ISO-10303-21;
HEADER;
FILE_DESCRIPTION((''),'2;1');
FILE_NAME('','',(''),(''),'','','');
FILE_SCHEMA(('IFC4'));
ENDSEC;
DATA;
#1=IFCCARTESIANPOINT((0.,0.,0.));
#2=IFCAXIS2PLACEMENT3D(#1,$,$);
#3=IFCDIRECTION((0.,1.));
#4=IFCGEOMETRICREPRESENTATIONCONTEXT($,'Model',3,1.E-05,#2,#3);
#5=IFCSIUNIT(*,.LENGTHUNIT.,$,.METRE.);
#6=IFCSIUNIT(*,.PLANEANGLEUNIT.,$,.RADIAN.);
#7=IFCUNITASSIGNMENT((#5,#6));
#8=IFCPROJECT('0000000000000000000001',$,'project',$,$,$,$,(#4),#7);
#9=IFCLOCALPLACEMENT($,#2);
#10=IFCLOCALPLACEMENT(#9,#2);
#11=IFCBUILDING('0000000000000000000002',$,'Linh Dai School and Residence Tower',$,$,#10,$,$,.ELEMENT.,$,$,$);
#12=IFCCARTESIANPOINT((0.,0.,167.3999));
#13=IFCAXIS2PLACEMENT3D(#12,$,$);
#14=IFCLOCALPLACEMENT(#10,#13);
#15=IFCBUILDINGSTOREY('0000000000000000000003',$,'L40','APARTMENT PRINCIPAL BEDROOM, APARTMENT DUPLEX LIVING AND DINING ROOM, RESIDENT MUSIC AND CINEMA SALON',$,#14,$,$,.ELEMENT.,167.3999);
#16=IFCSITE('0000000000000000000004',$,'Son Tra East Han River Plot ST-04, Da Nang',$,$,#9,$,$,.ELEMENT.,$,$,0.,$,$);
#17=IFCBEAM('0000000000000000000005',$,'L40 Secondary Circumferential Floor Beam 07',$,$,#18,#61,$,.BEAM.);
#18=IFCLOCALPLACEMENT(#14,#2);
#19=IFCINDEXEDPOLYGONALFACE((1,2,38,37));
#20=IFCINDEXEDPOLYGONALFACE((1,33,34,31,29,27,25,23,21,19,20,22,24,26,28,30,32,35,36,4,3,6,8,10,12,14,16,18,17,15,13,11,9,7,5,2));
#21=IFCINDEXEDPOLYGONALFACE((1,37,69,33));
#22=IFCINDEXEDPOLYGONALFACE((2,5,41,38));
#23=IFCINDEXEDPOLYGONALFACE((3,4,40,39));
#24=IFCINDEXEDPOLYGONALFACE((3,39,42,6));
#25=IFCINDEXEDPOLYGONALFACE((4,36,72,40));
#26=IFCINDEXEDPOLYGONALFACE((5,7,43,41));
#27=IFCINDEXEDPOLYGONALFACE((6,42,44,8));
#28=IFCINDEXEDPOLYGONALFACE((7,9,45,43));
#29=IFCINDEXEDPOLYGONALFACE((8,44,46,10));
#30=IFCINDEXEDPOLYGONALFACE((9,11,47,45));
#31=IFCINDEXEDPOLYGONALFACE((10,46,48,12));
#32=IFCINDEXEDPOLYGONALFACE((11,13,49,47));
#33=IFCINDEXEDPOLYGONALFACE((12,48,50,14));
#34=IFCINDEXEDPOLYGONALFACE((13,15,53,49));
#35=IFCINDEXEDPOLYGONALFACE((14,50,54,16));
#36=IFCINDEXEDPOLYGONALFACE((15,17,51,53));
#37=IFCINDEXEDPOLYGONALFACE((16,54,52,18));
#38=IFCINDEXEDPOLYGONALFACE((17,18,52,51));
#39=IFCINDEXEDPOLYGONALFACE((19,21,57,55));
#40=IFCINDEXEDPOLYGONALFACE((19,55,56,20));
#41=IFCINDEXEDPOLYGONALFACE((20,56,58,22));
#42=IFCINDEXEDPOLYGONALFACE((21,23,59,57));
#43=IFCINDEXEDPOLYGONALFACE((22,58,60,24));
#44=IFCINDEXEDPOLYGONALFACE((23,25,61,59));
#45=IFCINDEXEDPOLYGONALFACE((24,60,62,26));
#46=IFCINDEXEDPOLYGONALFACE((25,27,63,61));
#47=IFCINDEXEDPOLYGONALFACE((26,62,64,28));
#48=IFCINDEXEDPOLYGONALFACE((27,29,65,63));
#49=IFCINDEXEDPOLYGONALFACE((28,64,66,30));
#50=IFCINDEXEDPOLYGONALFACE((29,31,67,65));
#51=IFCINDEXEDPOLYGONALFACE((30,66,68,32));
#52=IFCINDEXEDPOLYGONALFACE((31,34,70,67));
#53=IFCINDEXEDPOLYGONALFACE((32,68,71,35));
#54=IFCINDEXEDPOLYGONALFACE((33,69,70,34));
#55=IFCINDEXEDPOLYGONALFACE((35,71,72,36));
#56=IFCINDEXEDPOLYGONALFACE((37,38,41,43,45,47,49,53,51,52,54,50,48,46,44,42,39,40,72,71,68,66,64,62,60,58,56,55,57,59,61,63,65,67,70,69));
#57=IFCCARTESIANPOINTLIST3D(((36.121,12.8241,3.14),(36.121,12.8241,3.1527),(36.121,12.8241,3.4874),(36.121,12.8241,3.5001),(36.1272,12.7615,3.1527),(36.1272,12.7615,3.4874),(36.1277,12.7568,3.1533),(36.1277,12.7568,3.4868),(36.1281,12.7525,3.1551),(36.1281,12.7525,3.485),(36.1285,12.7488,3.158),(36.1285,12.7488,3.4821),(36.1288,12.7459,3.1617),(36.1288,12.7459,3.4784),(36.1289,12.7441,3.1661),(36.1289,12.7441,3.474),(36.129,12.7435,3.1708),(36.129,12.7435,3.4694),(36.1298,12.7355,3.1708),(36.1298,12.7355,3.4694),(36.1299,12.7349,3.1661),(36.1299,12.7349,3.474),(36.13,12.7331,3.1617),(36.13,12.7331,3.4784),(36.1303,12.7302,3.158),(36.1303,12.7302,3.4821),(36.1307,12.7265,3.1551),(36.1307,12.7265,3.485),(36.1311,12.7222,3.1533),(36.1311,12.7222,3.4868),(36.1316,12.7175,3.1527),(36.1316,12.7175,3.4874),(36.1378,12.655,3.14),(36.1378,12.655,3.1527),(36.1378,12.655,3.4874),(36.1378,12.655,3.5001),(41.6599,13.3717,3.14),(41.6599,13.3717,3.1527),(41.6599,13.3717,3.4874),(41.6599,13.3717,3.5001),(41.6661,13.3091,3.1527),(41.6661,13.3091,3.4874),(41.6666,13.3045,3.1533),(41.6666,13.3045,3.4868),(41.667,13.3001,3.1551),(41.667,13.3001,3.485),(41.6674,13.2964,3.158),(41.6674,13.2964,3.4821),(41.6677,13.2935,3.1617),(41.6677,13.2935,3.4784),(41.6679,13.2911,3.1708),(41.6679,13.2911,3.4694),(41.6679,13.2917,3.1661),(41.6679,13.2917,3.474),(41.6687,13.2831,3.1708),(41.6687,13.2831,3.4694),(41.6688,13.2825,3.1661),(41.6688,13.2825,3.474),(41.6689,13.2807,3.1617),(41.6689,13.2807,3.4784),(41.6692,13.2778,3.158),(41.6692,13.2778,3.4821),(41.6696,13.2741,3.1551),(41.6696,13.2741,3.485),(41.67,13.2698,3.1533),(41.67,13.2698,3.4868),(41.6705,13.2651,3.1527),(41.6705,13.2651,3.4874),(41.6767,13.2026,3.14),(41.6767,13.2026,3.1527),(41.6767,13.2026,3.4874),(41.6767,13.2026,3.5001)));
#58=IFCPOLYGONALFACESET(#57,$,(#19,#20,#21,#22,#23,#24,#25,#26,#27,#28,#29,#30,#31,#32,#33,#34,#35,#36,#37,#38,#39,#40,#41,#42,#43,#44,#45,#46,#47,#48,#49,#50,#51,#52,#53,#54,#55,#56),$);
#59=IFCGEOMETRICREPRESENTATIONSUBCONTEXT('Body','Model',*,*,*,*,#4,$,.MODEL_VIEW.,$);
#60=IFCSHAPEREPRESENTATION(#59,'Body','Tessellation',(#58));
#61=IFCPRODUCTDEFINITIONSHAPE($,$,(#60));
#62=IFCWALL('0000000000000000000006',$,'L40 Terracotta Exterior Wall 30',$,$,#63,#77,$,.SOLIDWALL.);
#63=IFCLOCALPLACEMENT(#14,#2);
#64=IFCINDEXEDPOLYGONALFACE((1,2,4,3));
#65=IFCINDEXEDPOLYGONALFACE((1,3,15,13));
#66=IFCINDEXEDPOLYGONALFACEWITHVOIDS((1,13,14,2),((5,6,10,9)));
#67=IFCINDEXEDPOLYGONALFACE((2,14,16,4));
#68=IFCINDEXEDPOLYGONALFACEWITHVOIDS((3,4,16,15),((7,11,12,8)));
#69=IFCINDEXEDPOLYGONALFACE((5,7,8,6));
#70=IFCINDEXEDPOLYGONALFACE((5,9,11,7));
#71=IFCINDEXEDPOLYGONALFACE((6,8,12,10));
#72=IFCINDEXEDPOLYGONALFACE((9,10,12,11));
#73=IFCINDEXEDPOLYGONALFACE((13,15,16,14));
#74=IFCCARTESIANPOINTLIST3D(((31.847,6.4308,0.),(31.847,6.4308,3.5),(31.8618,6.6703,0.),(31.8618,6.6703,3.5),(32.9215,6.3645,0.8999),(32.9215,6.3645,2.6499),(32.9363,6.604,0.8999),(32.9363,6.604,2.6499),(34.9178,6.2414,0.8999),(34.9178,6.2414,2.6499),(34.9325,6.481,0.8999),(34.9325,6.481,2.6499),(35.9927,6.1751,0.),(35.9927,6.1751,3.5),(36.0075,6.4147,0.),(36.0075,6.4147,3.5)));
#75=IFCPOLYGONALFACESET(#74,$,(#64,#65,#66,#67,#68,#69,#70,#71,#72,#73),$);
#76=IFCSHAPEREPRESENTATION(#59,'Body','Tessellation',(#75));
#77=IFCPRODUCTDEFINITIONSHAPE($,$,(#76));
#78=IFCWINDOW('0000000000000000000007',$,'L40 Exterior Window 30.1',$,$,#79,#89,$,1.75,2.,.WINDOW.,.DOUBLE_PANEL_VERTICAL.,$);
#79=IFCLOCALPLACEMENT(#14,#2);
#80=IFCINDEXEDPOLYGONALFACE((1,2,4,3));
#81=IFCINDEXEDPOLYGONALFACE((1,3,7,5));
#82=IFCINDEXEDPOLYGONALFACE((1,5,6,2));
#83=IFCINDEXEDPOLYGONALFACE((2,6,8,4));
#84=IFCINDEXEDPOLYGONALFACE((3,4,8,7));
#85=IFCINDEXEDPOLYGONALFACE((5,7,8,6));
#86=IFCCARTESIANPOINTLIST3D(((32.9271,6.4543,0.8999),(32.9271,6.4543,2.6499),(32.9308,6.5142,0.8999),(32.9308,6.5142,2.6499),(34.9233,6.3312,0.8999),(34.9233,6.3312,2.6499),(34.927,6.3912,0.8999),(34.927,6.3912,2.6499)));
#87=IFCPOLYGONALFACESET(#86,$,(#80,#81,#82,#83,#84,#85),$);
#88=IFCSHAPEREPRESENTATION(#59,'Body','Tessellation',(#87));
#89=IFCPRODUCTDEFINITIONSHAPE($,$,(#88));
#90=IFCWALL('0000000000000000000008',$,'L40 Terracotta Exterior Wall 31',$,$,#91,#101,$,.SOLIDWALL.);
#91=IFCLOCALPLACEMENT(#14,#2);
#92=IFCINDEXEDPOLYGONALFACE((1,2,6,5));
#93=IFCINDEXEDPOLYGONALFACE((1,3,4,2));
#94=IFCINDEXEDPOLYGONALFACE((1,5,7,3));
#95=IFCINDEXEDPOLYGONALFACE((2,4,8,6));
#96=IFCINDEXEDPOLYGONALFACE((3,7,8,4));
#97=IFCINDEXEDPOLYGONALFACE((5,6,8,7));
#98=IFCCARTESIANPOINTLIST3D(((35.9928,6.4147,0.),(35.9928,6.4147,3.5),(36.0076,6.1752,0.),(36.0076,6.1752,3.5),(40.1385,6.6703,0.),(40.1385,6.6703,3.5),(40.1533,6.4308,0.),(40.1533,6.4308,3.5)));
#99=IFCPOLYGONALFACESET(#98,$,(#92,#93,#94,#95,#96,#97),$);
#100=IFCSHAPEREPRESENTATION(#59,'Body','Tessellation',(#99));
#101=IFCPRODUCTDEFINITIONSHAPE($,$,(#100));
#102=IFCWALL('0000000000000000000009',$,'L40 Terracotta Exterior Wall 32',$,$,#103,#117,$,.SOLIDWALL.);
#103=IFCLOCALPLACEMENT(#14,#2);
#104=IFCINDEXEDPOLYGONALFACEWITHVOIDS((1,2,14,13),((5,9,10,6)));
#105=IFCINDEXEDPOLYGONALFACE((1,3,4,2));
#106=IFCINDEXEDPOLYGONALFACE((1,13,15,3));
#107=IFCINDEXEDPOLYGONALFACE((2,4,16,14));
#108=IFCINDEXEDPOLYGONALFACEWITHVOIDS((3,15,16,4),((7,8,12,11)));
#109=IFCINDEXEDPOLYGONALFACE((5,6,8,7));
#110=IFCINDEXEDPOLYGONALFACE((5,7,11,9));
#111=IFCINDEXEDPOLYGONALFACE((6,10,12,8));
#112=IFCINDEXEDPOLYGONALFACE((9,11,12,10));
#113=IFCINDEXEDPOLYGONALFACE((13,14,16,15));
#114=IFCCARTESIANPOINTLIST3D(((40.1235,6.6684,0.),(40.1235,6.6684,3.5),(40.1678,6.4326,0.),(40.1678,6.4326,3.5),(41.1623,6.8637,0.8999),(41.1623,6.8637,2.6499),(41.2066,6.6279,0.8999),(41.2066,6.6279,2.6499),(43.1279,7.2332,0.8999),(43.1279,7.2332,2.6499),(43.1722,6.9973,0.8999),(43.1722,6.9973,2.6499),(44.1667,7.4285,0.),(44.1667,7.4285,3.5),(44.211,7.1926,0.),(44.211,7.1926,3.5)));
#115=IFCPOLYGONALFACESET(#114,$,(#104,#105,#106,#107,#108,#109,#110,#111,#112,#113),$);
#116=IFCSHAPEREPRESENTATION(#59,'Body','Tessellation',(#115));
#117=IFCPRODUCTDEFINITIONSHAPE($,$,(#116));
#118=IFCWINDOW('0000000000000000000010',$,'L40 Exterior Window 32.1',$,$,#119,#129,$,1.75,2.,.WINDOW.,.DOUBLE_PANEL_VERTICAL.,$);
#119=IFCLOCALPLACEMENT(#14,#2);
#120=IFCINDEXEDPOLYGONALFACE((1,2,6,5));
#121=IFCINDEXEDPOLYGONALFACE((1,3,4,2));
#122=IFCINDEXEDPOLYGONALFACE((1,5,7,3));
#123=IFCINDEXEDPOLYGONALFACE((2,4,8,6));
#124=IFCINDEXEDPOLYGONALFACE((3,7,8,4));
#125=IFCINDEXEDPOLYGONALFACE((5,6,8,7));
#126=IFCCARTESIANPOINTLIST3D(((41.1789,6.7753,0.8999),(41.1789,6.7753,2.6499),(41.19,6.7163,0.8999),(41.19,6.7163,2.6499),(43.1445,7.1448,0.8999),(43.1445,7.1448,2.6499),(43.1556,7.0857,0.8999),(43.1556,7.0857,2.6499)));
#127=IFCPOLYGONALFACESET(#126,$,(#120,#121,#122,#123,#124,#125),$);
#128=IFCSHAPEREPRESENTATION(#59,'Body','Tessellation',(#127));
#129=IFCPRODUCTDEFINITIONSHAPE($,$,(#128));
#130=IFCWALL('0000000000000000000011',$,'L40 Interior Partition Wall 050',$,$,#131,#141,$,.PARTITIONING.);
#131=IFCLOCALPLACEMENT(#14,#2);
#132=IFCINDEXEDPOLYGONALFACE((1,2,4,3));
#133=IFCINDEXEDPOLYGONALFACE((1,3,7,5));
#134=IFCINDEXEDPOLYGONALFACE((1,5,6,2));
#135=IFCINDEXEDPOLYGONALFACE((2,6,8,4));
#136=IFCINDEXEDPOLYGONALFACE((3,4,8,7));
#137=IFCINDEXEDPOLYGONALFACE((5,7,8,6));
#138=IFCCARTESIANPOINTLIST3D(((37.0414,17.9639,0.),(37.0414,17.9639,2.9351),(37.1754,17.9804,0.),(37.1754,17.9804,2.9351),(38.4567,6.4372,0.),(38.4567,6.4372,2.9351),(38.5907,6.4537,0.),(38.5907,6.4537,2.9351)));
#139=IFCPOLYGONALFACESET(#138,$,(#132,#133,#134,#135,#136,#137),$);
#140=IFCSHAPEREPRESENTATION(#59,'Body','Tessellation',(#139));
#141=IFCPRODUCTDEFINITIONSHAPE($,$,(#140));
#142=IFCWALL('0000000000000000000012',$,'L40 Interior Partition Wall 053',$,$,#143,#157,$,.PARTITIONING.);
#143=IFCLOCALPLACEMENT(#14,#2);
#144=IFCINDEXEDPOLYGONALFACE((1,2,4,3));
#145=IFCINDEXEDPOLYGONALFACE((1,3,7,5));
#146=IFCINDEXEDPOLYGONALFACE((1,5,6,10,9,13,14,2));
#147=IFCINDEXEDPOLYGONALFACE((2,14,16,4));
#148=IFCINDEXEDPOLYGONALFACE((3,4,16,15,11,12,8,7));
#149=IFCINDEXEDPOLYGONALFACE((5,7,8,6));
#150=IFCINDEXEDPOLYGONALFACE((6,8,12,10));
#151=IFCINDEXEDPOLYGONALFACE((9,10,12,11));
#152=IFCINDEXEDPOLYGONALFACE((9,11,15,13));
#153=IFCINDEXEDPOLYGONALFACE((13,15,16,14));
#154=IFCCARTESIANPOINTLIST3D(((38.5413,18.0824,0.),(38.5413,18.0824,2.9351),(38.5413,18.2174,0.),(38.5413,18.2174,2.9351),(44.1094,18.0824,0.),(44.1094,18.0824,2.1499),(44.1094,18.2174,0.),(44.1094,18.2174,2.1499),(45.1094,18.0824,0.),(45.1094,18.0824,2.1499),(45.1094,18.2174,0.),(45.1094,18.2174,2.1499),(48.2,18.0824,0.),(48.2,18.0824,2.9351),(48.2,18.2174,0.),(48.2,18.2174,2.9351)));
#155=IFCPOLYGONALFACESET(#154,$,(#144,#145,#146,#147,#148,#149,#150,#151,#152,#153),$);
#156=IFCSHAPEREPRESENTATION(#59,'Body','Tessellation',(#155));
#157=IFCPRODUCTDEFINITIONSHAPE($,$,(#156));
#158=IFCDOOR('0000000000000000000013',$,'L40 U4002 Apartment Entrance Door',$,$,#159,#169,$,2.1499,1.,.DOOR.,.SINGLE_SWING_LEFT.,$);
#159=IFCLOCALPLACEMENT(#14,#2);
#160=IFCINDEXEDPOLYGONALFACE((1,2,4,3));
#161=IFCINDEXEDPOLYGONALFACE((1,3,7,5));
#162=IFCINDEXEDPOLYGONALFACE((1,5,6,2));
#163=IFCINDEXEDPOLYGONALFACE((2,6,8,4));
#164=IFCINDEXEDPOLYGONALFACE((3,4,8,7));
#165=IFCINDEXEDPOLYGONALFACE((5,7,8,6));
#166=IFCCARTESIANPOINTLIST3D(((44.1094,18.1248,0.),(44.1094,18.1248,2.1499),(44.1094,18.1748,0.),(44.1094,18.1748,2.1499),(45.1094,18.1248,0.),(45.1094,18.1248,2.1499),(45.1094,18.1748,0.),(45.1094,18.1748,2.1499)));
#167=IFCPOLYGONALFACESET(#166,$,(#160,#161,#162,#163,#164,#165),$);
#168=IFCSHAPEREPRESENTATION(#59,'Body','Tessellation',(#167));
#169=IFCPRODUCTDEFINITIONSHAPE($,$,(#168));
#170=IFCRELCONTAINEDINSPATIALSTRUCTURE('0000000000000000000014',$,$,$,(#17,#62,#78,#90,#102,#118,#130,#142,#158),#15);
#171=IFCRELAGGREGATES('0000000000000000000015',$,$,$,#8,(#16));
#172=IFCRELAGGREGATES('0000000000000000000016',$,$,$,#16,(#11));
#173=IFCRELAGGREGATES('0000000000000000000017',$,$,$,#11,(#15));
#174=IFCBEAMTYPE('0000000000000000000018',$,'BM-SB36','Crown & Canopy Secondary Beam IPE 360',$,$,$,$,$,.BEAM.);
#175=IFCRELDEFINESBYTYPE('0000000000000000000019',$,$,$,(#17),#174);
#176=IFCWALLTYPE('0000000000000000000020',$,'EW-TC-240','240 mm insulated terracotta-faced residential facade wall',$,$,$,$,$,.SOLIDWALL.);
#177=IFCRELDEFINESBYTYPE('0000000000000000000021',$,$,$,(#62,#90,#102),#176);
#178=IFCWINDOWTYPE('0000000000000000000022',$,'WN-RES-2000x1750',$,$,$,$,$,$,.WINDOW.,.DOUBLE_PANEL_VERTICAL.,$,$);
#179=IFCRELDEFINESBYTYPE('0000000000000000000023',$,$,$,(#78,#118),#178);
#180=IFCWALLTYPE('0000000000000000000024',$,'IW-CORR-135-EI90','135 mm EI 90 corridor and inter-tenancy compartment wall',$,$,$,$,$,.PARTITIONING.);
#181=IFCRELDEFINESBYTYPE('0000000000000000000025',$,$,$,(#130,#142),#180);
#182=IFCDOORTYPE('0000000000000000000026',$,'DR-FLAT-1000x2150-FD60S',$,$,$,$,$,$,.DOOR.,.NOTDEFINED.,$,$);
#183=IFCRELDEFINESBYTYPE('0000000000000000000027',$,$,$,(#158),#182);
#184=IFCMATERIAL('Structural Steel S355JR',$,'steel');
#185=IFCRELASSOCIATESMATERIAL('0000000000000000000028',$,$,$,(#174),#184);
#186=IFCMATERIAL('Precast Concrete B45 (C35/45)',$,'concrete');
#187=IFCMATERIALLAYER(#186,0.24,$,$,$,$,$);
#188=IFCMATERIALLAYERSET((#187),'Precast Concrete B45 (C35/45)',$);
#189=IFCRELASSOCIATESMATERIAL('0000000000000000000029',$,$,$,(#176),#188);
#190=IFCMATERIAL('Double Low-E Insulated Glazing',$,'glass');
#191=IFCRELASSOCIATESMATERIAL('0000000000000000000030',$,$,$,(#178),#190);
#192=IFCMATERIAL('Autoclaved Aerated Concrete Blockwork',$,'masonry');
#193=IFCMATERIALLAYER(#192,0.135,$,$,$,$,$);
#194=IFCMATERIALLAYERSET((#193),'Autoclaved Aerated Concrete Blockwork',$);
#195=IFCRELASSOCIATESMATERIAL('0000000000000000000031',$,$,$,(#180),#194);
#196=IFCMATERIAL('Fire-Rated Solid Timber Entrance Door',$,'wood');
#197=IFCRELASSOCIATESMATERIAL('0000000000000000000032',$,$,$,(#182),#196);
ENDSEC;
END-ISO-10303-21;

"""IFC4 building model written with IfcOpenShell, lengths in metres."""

from ifc_helpers import new_model, si_unit, direction, frame, frame_2d, origin, origin_2d, place, context, subcontext, project, spatial, rectangle, i_section, extrude, source, transform, mapped, material, layer, layer_set, material_profile, profile_set, type_object, element, fill, save


model = new_model("IFC4")

# Units and contexts
model_context = context("Model", 3, precision=1e-05, world=origin(), true_north=direction((0.0, 1.0)))
body_context = subcontext(model_context, "Body", "Model", "MODEL_VIEW")
ifc_project = project(units=[si_unit("LENGTHUNIT", "METRE"), si_unit("PLANEANGLEUNIT", "RADIAN")], contexts=[model_context])

# Site, building, storey
site_placement = place(None, origin())
site = spatial("IfcSite", under=ifc_project, at=site_placement, Name="Son Tra East Han River Plot ST-04, Da Nang", CompositionType="ELEMENT", RefElevation=0.0)
building_placement = place(site_placement, origin())
building = spatial("IfcBuilding", under=site, at=building_placement, Name="Linh Dai School and Residence Tower", CompositionType="ELEMENT")
storey_placement = place(building_placement, frame((0.0, 0.0, 167.3999)))
storey = spatial("IfcBuildingStorey", under=building, at=storey_placement, Name="L40", Description="APARTMENT PRINCIPAL BEDROOM, APARTMENT DUPLEX LIVING AND DINING ROOM, RESIDENT MUSIC AND CINEMA SALON", CompositionType="ELEMENT", Elevation=167.3999)

# Shared definitions
ifc_material_1 = material(Name="Structural Steel S355JR", Category="steel")

# Beam
ifc_material_profile_1 = material_profile(ifc_material_1, i_section(OverallWidth=0.1699, OverallDepth=0.3601, WebThickness=0.0081, FlangeThickness=0.0127, FilletRadius=0.0181, at=origin_2d()), Name="IPE 360")
ifc_profile_set_1 = profile_set([ifc_material_profile_1], Name="Structural Steel S355JR")
beam_type_1 = type_object("IfcBeamType", Name="BM-SB36", Description="Crown & Canopy Secondary Beam IPE 360", PredefinedType="BEAM", material=ifc_profile_set_1)
beam_1_placement = place(storey_placement, frame((36.1294, 12.7395, 3.3201), z_axis=(0.995148, 0.098388, 0.0), x_axis=(-0.098388, 0.995148, 0.0)))
element("IfcBeam", 1, at=beam_1_placement, inside=storey, type_object=beam_type_1, Name="L40 Secondary Circumferential Floor Beam 07", PredefinedType="BEAM", context=body_context, shape_type="SweptSolid", body=[
    extrude(i_section(OverallWidth=0.1699, OverallDepth=0.3601, WebThickness=0.0081, FlangeThickness=0.0127, FilletRadius=0.0181, at=origin_2d()), origin(), (0.0, 0.0, 1.0), 5.5659),
])

# Wall, opening, window
ifc_material_2 = material(Name="Precast Concrete B45 (C35/45)", Category="concrete")
ifc_layer_1 = layer(ifc_material_2, 0.24)
ifc_layer_set_1 = layer_set([ifc_layer_1], Name="Precast Concrete B45 (C35/45)")
wall_type_1 = type_object("IfcWallType", Name="EW-TC-240", Description="240 mm insulated terracotta-faced residential facade wall", PredefinedType="SOLIDWALL", material=ifc_layer_set_1)
wall_1_placement = place(storey_placement, frame((36.0, 6.2949, 0.0), z_axis=(0.0, 0.0, 1.0), x_axis=(-0.998105, 0.06154, 0.0)))
wall_1 = element("IfcWall", 2, at=wall_1_placement, inside=storey, type_object=wall_type_1, Name="L40 Terracotta Exterior Wall 30", PredefinedType="SOLIDWALL", context=body_context, shape_type="SweptSolid", body=[
    extrude(rectangle(XDim=4.1536, YDim=0.24, at=frame_2d((2.0767, 0.0))), origin(), (0.0, 0.0, 1.0), 3.5),
])
opening_1_placement = place(wall_1_placement, frame((1.0769, 0.0, 0.8999)))
opening_1 = element("IfcOpeningElement", 3, at=opening_1_placement, cuts=wall_1, PredefinedType="OPENING", context=body_context, shape_type="SweptSolid", body=[
    extrude(rectangle(XDim=2.0, YDim=1.75, at=origin_2d()), frame((1.0, 0.1299, 0.875), z_axis=(0.0, -1.0, 0.0), x_axis=(1.0, 0.0, 0.0)), (0.0, 0.0, 1.0), 0.26),
])
ifc_material_3 = material(Name="Double Low-E Insulated Glazing", Category="glass")
window_type = type_object("IfcWindowType", Name="WN-RES-2000x1750", PartitioningType="DOUBLE_PANEL_VERTICAL", PredefinedType="WINDOW", material=ifc_material_3)
shared_shape_1 = source(origin(), body_context, "Body", "SweptSolid", [
    extrude(rectangle(XDim=2.0, YDim=1.75, at=origin_2d()), frame((1.0, 0.03, 0.875), z_axis=(0.0, -1.0, 0.0), x_axis=(1.0, 0.0, 0.0)), (0.0, 0.0, 1.0), 0.0601),
])
window_1_placement = place(opening_1_placement, origin())
window_1 = element("IfcWindow", 4, at=window_1_placement, inside=storey, type_object=window_type, Name="L40 Exterior Window 30.1", OverallHeight=1.75, OverallWidth=2.0, PartitioningType="DOUBLE_PANEL_VERTICAL", PredefinedType="WINDOW", context=body_context, shape_type="MappedRepresentation", body=[
    mapped(shared_shape_1, transform((0.0, 0.0, 0.0), x_axis=(1.0, 0.0, 0.0), y_axis=(0.0, 1.0, 0.0), z_axis=(0.0, 0.0, 1.0), scale=1.0)),
])
fill(opening_1, window_1)

# Wall
wall_2_placement = place(storey_placement, frame((40.1458, 6.5505, 0.0), z_axis=(0.0, 0.0, 1.0), x_axis=(-0.998105, -0.06154, 0.0)))
element("IfcWall", 5, at=wall_2_placement, inside=storey, type_object=wall_type_1, Name="L40 Terracotta Exterior Wall 31", PredefinedType="SOLIDWALL", context=body_context, shape_type="SweptSolid", body=[
    extrude(rectangle(XDim=4.1536, YDim=0.24, at=frame_2d((2.0767, 0.0))), origin(), (0.0, 0.0, 1.0), 3.5),
])

# Wall, opening, window
wall_3_placement = place(storey_placement, frame((44.189, 7.3105, 0.0), z_axis=(0.0, 0.0, 1.0), x_axis=(-0.982788, -0.184736, 0.0)))
wall_3 = element("IfcWall", 6, at=wall_3_placement, inside=storey, type_object=wall_type_1, Name="L40 Terracotta Exterior Wall 32", PredefinedType="SOLIDWALL", context=body_context, shape_type="SweptSolid", body=[
    extrude(rectangle(XDim=4.114, YDim=0.24, at=frame_2d((2.0571, 0.0))), origin(), (0.0, 0.0, 1.0), 3.5),
])
opening_2_placement = place(wall_3_placement, frame((1.0571, 0.0, 0.8999)))
opening_2 = element("IfcOpeningElement", 7, at=opening_2_placement, cuts=wall_3, PredefinedType="OPENING", context=body_context, shape_type="SweptSolid", body=[
    extrude(rectangle(XDim=2.0, YDim=1.75, at=origin_2d()), frame((1.0, 0.1299, 0.875), z_axis=(0.0, -1.0, 0.0), x_axis=(1.0, 0.0, 0.0)), (0.0, 0.0, 1.0), 0.26),
])
window_2_placement = place(opening_2_placement, origin())
window_2 = element("IfcWindow", 8, at=window_2_placement, inside=storey, type_object=window_type, Name="L40 Exterior Window 32.1", OverallHeight=1.75, OverallWidth=2.0, PartitioningType="DOUBLE_PANEL_VERTICAL", PredefinedType="WINDOW", context=body_context, shape_type="MappedRepresentation", body=[
    mapped(shared_shape_1, transform((0.0, 0.0, 0.0), x_axis=(1.0, 0.0, 0.0), y_axis=(0.0, 1.0, 0.0), z_axis=(0.0, 0.0, 1.0), scale=1.0)),
])
fill(opening_2, window_2)

# Wall
ifc_material_4 = material(Name="Autoclaved Aerated Concrete Blockwork", Category="masonry")
ifc_layer_2 = layer(ifc_material_4, 0.135)
ifc_layer_set_2 = layer_set([ifc_layer_2], Name="Autoclaved Aerated Concrete Blockwork")
wall_type_2 = type_object("IfcWallType", Name="IW-CORR-135-EI90", Description="135 mm EI 90 corridor and inter-tenancy compartment wall", PredefinedType="PARTITIONING", material=ifc_layer_set_2)
wall_4_placement = place(storey_placement, frame((37.1084, 17.9722, 0.0), z_axis=(0.0, 0.0, 1.0), x_axis=(0.121869, -0.992546, 0.0)))
element("IfcWall", 9, at=wall_4_placement, inside=storey, type_object=wall_type_2, Name="L40 Interior Partition Wall 050", PredefinedType="PARTITIONING", context=body_context, shape_type="SweptSolid", body=[
    extrude(rectangle(XDim=11.6133, YDim=0.135, at=frame_2d((5.8066, 0.0))), origin(), (0.0, 0.0, 1.0), 2.9351),
])

# Wall, opening, door
wall_5_placement = place(storey_placement, frame((38.5413, 18.1499, 0.0), z_axis=(0.0, 0.0, 1.0), x_axis=(1.0, 0.0, 0.0)))
wall_5 = element("IfcWall", 10, at=wall_5_placement, inside=storey, type_object=wall_type_2, Name="L40 Interior Partition Wall 053", PredefinedType="PARTITIONING", context=body_context, shape_type="SweptSolid", body=[
    extrude(rectangle(XDim=9.6587, YDim=0.135, at=frame_2d((4.8293, 0.0))), origin(), (0.0, 0.0, 1.0), 2.9351),
])
opening_3_placement = place(wall_5_placement, frame((5.5681, 0.0, 0.0)))
opening_3 = element("IfcOpeningElement", 11, at=opening_3_placement, cuts=wall_5, PredefinedType="OPENING", context=body_context, shape_type="SweptSolid", body=[
    extrude(rectangle(XDim=1.0, YDim=2.1499, at=origin_2d()), frame((0.5, 0.0776, 1.075), z_axis=(0.0, -1.0, 0.0), x_axis=(1.0, 0.0, 0.0)), (0.0, 0.0, 1.0), 0.155),
])
ifc_material_5 = material(Name="Fire-Rated Solid Timber Entrance Door", Category="wood")
door_type_1 = type_object("IfcDoorType", Name="DR-FLAT-1000x2150-FD60S", OperationType="NOTDEFINED", PredefinedType="DOOR", material=ifc_material_5)
shared_shape_2 = source(origin(), body_context, "Body", "SweptSolid", [
    extrude(rectangle(XDim=1.0, YDim=2.1499, at=origin_2d()), frame((0.5, 0.0249, 1.075), z_axis=(0.0, -1.0, 0.0), x_axis=(1.0, 0.0, 0.0)), (0.0, 0.0, 1.0), 0.05),
])
door_1_placement = place(opening_3_placement, origin())
door_1 = element("IfcDoor", 12, at=door_1_placement, inside=storey, type_object=door_type_1, Name="L40 U4002 Apartment Entrance Door", OperationType="SINGLE_SWING_LEFT", OverallHeight=2.1499, OverallWidth=1.0, PredefinedType="DOOR", context=body_context, shape_type="MappedRepresentation", body=[
    mapped(shared_shape_2, transform((0.0, 0.0, 0.0), x_axis=(1.0, 0.0, 0.0), y_axis=(0.0, 1.0, 0.0), z_axis=(0.0, 0.0, 1.0), scale=1.0)),
])
fill(opening_3, door_1)

save(model, "model.ifc")
